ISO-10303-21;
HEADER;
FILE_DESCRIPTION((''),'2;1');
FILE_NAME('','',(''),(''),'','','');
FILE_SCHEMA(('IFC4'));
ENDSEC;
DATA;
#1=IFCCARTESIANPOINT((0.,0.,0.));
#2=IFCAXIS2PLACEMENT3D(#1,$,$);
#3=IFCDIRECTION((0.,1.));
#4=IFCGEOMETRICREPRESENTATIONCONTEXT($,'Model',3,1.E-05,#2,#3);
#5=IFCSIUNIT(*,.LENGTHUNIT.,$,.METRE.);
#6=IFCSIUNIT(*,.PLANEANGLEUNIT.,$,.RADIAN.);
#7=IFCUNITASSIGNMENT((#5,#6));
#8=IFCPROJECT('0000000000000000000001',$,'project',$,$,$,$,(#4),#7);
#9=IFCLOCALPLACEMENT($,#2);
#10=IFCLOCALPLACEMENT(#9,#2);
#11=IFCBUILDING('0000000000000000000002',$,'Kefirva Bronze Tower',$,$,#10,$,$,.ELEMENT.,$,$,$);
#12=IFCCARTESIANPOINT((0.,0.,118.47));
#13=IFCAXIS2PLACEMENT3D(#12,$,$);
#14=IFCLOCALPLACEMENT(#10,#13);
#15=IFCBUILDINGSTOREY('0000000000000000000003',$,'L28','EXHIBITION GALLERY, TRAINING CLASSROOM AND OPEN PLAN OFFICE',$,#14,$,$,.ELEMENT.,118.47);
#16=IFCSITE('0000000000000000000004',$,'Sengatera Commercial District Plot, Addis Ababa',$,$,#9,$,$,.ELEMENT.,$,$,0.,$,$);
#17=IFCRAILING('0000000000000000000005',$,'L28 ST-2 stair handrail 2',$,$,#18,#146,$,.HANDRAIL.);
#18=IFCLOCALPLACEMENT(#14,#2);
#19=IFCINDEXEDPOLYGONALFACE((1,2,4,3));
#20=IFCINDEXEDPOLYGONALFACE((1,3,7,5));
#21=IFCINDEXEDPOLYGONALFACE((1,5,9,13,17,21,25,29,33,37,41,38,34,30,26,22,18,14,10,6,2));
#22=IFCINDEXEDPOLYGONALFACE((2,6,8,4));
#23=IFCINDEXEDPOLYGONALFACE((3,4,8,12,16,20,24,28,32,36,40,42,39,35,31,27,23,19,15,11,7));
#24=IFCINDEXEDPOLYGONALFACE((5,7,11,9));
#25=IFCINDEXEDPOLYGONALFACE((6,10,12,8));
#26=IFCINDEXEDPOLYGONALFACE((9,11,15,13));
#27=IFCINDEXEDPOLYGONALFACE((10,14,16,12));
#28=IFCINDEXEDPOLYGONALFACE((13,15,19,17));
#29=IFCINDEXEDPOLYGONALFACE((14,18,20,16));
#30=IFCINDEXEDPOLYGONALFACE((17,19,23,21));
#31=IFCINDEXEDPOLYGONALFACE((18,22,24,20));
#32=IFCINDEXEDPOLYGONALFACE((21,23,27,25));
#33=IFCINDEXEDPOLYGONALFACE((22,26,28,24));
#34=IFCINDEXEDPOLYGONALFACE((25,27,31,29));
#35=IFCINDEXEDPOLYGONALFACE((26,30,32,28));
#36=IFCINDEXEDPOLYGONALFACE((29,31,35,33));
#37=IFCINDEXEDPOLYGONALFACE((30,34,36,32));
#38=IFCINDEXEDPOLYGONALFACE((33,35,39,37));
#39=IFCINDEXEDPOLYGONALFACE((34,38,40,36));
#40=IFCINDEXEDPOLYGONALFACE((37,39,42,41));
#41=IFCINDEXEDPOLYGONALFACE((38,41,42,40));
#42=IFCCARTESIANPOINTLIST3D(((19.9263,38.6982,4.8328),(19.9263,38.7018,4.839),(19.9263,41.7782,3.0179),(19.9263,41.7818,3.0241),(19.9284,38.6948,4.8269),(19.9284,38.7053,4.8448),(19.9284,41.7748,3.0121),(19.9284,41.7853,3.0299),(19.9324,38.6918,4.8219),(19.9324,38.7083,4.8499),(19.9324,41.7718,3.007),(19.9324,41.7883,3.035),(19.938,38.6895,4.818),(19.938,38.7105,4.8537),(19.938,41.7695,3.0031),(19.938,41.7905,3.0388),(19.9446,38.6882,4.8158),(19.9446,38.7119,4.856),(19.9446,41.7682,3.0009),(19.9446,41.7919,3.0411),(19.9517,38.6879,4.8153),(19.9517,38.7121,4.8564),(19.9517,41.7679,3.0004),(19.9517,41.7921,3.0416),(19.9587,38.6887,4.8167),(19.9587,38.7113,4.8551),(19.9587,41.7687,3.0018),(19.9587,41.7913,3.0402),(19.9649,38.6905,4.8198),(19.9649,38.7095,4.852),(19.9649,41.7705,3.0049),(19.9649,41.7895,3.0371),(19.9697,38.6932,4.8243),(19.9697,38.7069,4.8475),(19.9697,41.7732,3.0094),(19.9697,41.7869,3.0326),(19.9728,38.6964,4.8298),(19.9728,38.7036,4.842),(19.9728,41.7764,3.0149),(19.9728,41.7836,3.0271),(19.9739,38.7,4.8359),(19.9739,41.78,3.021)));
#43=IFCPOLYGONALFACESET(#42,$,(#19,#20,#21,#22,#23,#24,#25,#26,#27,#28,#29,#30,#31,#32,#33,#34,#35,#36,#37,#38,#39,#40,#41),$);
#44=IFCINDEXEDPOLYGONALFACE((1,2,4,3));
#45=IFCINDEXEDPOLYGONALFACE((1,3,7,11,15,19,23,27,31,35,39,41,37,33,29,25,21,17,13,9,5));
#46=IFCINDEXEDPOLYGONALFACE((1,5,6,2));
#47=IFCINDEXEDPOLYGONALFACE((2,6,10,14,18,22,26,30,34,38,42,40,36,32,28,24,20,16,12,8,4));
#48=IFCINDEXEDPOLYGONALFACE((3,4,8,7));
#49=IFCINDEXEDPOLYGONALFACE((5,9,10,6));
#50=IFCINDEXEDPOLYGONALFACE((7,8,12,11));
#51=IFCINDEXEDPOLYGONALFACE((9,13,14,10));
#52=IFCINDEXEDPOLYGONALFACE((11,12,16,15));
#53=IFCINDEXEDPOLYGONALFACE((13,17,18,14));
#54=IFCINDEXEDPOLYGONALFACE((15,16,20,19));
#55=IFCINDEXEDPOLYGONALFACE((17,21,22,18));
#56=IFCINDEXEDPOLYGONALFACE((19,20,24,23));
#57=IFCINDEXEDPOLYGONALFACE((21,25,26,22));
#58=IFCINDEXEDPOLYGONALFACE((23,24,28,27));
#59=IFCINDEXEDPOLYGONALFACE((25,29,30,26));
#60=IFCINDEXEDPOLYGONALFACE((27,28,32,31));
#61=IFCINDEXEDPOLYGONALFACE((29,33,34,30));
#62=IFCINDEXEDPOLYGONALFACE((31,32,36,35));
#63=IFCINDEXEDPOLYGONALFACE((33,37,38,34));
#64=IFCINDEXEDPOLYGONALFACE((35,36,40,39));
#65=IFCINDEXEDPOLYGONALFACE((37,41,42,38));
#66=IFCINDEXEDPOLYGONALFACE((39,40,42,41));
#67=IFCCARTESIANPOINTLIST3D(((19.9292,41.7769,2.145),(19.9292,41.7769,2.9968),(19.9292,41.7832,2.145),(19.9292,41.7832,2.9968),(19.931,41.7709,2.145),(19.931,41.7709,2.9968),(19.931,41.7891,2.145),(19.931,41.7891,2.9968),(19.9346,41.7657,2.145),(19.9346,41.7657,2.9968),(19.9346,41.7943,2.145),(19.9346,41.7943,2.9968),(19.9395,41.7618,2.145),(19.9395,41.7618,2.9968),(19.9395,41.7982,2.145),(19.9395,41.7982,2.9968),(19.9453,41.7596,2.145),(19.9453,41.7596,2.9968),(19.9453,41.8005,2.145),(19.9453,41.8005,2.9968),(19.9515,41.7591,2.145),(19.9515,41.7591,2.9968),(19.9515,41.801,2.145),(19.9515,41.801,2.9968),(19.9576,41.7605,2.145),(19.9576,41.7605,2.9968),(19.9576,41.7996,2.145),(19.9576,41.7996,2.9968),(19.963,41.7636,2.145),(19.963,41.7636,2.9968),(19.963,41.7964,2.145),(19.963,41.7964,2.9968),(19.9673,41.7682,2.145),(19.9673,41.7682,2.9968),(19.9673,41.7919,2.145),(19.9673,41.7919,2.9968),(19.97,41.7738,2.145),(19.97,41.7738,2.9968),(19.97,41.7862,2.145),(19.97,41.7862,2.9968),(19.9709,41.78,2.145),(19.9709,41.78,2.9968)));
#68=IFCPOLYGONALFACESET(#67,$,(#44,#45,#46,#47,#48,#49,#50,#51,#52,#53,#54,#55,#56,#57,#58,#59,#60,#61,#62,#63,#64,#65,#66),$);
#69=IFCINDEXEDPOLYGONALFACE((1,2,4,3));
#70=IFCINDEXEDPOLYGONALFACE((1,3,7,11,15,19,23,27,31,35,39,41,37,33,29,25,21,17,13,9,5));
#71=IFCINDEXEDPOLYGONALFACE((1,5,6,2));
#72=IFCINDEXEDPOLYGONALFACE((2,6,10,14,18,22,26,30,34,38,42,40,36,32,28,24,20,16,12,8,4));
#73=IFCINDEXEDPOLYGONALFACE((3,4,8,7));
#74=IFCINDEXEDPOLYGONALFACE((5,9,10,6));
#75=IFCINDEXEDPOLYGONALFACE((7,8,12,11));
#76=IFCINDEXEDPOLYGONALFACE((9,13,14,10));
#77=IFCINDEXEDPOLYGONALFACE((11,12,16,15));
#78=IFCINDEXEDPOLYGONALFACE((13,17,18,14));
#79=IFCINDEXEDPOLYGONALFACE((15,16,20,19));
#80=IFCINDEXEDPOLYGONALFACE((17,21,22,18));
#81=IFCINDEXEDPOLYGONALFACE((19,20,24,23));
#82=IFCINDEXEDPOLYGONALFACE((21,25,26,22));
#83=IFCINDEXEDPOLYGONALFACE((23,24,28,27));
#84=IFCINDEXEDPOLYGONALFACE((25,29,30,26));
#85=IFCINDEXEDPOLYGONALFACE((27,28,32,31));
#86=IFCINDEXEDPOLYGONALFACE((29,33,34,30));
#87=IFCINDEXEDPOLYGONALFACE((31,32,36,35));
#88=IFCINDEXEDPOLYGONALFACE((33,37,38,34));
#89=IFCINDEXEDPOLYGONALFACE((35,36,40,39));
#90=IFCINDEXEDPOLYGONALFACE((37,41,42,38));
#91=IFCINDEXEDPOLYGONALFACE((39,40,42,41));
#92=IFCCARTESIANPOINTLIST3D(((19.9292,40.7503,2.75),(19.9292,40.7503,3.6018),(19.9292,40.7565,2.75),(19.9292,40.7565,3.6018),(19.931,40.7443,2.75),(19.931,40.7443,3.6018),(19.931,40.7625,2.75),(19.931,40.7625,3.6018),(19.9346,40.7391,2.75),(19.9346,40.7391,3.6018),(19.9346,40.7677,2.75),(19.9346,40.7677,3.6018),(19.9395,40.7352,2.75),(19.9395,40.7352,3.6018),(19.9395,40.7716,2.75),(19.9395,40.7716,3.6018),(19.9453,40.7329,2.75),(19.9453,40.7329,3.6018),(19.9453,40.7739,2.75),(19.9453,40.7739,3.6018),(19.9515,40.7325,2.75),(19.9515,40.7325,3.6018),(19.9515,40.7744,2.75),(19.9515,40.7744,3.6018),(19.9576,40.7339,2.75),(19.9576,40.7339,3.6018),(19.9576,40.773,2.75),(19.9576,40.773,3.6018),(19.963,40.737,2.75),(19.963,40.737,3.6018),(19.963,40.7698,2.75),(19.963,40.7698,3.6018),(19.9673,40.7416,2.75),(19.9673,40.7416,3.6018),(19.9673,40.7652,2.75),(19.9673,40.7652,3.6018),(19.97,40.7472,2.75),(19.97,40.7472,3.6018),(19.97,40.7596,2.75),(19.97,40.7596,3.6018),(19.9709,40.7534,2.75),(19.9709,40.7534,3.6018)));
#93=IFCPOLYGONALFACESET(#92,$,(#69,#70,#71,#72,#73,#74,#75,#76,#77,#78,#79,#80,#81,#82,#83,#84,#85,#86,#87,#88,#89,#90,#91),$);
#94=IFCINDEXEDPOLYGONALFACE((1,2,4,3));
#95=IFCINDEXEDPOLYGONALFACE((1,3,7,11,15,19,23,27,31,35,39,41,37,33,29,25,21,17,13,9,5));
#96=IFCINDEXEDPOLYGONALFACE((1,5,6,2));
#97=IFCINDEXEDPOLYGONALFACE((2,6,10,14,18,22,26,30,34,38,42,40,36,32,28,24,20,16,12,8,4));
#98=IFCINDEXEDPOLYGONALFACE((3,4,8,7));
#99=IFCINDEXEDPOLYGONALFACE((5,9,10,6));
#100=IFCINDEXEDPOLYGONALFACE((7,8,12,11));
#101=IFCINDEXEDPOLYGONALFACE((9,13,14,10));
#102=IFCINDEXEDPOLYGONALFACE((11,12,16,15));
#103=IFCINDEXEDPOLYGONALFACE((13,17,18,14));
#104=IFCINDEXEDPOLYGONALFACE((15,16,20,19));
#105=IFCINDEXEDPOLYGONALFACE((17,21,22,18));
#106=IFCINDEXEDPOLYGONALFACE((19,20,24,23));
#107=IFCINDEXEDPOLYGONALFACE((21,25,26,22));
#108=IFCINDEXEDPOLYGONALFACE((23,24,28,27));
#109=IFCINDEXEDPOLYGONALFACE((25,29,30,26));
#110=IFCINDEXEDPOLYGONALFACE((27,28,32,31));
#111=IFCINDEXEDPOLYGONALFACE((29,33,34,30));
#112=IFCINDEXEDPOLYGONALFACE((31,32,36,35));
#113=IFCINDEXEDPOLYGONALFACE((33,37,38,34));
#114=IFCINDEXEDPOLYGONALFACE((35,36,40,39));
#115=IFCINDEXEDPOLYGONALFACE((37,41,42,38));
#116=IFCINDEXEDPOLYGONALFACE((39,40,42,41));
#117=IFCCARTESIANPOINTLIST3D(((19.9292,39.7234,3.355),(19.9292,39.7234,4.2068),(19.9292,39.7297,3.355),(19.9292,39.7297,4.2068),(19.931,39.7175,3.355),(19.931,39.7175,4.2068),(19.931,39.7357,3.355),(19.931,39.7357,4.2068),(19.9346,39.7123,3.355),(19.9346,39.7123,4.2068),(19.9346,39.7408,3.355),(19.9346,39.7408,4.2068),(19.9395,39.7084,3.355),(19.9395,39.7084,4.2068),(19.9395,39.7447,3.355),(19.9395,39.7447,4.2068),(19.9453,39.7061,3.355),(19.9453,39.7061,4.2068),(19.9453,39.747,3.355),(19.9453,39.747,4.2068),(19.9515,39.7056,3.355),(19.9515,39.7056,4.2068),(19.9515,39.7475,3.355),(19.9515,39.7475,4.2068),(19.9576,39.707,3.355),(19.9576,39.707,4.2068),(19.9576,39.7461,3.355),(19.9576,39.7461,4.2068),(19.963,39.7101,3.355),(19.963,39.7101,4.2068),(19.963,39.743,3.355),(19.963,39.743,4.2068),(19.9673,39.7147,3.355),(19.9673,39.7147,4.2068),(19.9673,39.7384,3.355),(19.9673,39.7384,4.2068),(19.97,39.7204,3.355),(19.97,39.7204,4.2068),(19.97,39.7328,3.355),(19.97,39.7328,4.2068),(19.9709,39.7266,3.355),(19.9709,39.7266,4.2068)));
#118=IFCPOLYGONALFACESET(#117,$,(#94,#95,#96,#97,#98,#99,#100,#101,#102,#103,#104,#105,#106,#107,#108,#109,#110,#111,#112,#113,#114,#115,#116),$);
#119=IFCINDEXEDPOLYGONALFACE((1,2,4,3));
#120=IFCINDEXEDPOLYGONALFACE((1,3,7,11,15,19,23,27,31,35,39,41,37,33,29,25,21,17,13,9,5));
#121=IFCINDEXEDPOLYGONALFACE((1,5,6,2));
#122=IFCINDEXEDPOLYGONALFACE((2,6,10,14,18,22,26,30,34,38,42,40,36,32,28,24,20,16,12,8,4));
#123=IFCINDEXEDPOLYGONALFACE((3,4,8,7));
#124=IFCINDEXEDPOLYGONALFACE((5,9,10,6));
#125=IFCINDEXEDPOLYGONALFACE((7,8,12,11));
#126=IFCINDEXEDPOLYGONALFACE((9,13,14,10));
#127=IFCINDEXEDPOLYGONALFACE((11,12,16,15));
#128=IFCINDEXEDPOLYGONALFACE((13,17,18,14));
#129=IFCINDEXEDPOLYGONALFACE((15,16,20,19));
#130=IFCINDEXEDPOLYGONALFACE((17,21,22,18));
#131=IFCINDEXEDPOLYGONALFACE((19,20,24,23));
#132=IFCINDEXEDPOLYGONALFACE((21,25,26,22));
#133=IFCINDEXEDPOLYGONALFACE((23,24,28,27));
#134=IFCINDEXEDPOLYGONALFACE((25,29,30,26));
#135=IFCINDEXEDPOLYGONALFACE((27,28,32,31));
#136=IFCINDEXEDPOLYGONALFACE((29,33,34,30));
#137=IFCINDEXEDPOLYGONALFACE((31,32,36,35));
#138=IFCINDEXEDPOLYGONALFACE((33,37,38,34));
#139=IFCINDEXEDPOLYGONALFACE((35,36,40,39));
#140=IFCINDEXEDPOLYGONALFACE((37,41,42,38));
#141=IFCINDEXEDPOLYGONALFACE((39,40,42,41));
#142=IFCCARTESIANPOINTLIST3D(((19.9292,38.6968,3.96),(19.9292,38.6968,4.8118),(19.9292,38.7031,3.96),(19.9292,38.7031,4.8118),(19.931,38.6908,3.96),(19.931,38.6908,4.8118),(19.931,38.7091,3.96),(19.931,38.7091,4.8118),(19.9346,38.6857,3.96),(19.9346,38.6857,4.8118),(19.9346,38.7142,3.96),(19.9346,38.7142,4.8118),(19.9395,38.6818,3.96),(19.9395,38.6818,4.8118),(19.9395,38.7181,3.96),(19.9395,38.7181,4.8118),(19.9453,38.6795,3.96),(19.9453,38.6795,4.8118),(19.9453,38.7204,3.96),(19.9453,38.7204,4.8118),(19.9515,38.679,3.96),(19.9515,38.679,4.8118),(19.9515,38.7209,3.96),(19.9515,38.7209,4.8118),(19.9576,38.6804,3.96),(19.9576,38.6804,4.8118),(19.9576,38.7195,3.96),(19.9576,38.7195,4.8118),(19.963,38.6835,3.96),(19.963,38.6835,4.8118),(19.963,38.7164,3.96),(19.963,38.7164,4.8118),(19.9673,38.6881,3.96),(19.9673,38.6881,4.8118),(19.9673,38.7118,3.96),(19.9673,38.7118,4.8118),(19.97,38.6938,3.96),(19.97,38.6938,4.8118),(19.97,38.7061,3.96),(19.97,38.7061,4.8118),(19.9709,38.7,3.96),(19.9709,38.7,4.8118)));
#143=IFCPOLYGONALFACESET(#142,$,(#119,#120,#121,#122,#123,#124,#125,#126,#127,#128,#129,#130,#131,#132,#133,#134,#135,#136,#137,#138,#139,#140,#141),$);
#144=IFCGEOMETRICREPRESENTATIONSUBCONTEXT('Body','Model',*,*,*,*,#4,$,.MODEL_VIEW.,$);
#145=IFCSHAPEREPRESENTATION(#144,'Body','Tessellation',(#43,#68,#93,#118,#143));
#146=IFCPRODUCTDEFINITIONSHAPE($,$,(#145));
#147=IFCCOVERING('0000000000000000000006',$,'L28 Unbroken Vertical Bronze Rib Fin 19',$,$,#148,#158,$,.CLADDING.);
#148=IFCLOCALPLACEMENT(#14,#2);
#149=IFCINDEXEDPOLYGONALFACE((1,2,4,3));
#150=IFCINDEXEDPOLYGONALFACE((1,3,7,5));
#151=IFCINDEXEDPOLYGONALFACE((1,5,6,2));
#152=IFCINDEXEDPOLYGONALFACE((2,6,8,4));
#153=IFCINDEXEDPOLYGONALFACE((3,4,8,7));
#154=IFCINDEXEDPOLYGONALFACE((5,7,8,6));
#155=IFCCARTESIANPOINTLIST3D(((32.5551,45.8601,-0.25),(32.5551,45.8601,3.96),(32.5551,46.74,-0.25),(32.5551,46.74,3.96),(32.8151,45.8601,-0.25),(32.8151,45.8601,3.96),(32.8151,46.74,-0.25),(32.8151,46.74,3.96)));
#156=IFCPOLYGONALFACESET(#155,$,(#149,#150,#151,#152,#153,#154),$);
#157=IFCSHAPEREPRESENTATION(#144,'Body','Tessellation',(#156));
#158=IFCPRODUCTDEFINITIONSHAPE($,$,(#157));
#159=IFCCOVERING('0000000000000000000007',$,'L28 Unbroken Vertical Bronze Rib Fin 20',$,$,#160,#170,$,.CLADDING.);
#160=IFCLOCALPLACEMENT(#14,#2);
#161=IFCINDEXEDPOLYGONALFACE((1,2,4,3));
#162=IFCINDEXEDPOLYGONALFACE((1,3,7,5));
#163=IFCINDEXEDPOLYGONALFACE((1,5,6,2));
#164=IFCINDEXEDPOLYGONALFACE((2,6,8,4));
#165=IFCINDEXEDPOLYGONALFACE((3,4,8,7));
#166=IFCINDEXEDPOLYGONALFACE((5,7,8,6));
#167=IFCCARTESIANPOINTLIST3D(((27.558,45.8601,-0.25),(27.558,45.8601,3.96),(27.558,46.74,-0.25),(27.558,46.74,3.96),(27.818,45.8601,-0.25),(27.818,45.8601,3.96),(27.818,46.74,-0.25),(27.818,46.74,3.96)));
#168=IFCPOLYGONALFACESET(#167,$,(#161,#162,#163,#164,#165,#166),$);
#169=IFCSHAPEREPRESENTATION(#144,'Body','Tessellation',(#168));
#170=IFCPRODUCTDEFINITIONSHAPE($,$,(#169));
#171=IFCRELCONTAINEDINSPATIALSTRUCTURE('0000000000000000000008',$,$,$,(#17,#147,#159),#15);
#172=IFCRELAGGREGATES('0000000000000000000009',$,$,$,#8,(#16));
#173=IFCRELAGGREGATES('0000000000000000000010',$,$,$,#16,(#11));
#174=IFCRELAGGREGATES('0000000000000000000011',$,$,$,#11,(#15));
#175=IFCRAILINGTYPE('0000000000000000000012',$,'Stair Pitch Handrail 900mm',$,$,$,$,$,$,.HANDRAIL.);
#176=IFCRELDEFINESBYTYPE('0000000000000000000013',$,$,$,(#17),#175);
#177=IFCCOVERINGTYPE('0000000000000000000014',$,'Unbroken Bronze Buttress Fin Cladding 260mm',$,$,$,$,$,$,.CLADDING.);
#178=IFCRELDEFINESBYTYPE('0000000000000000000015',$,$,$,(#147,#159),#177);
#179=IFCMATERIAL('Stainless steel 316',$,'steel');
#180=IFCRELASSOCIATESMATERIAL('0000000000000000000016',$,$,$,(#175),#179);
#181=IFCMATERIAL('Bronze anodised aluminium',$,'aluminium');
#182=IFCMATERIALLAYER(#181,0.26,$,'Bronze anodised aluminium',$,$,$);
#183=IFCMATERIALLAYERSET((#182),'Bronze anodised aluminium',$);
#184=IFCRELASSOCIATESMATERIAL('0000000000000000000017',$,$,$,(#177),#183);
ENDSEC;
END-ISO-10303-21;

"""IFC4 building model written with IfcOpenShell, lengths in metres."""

from ifc_helpers import new_model, si_unit, direction, frame, origin, origin_2d, place, context, subcontext, project, spatial, rectangle, circle, extrude, material, layer, layer_set, type_object, element, save


model = new_model("IFC4")

# Units and contexts
model_context = context("Model", 3, precision=1e-05, world=origin(), true_north=direction((0.0, 1.0)))
body_context = subcontext(model_context, "Body", "Model", "MODEL_VIEW")
ifc_project = project(units=[si_unit("LENGTHUNIT", "METRE"), si_unit("PLANEANGLEUNIT", "RADIAN")], contexts=[model_context])

# Site, building, storey
site_placement = place(None, origin())
site = spatial("IfcSite", under=ifc_project, at=site_placement, Name="Sengatera Commercial District Plot, Addis Ababa", CompositionType="ELEMENT", RefElevation=0.0)
building_placement = place(site_placement, origin())
building = spatial("IfcBuilding", under=site, at=building_placement, Name="Kefirva Bronze Tower", CompositionType="ELEMENT")
storey_placement = place(building_placement, frame((0.0, 0.0, 118.47)))
storey = spatial("IfcBuildingStorey", under=building, at=storey_placement, Name="L28", Description="EXHIBITION GALLERY, TRAINING CLASSROOM AND OPEN PLAN OFFICE", CompositionType="ELEMENT", Elevation=118.47)

# Shared definitions
ifc_material_1 = material(Name="Bronze anodised aluminium", Category="aluminium")

# Railing
ifc_material_2 = material(Name="Stainless steel 316", Category="steel")
railing_type_1 = type_object("IfcRailingType", Name="Stair Pitch Handrail 900mm", PredefinedType="HANDRAIL", material=ifc_material_2)
railing_1_placement = place(storey_placement, frame((19.95, 41.78, 2.145)))
element("IfcRailing", 1, at=railing_1_placement, inside=storey, type_object=railing_type_1, Name="L28 ST-2 stair handrail 2", PredefinedType="HANDRAIL", context=body_context, shape_type="SweptSolid", body=[
    extrude(circle(Radius=0.0239, at=origin_2d()), frame((0.0, 0.0, 0.876), z_axis=(0.0, -0.861551, 0.507671), x_axis=(1.0, 0.0, 0.0)), (0.0, 0.0, 1.0), 3.575),
    extrude(circle(Radius=0.021, at=origin_2d()), origin(), (0.0, 0.0, 1.0), 0.8518),
    extrude(circle(Radius=0.021, at=origin_2d()), frame((0.0, -1.0266, 0.605)), (0.0, 0.0, 1.0), 0.8518),
    extrude(circle(Radius=0.021, at=origin_2d()), frame((0.0, -2.0535, 1.21)), (0.0, 0.0, 1.0), 0.8518),
    extrude(circle(Radius=0.021, at=origin_2d()), frame((0.0, -3.0801, 1.8149)), (0.0, 0.0, 1.0), 0.8518),
])

# Coverings
ifc_layer_1 = layer(ifc_material_1, 0.26, Name="Bronze anodised aluminium")
ifc_layer_set_1 = layer_set([ifc_layer_1], Name="Bronze anodised aluminium")
covering_type_1 = type_object("IfcCoveringType", Name="Unbroken Bronze Buttress Fin Cladding 260mm", PredefinedType="CLADDING", material=ifc_layer_set_1)
for number, where, z_axis, x_axis, name in (
    (2, (32.6851, 46.3, -0.25), (0.0, 0.0, 1.0), (-1.0, 0.0, 0.0), "L28 Unbroken Vertical Bronze Rib Fin 19"),
    (3, (27.688, 46.3, -0.25), (0.0, 0.0, 1.0), (-1.0, 0.0, 0.0), "L28 Unbroken Vertical Bronze Rib Fin 20"),
):
    element("IfcCovering", number, at=place(storey_placement, frame(where, z_axis=z_axis, x_axis=x_axis)), inside=storey, type_object=covering_type_1, Name=name, PredefinedType="CLADDING", context=body_context, shape_type="SweptSolid", body=[
        extrude(rectangle(XDim=0.26, YDim=0.8799, at=origin_2d()), origin(), (0.0, 0.0, 1.0), 4.21),
    ])

save(model, "model.ifc")
